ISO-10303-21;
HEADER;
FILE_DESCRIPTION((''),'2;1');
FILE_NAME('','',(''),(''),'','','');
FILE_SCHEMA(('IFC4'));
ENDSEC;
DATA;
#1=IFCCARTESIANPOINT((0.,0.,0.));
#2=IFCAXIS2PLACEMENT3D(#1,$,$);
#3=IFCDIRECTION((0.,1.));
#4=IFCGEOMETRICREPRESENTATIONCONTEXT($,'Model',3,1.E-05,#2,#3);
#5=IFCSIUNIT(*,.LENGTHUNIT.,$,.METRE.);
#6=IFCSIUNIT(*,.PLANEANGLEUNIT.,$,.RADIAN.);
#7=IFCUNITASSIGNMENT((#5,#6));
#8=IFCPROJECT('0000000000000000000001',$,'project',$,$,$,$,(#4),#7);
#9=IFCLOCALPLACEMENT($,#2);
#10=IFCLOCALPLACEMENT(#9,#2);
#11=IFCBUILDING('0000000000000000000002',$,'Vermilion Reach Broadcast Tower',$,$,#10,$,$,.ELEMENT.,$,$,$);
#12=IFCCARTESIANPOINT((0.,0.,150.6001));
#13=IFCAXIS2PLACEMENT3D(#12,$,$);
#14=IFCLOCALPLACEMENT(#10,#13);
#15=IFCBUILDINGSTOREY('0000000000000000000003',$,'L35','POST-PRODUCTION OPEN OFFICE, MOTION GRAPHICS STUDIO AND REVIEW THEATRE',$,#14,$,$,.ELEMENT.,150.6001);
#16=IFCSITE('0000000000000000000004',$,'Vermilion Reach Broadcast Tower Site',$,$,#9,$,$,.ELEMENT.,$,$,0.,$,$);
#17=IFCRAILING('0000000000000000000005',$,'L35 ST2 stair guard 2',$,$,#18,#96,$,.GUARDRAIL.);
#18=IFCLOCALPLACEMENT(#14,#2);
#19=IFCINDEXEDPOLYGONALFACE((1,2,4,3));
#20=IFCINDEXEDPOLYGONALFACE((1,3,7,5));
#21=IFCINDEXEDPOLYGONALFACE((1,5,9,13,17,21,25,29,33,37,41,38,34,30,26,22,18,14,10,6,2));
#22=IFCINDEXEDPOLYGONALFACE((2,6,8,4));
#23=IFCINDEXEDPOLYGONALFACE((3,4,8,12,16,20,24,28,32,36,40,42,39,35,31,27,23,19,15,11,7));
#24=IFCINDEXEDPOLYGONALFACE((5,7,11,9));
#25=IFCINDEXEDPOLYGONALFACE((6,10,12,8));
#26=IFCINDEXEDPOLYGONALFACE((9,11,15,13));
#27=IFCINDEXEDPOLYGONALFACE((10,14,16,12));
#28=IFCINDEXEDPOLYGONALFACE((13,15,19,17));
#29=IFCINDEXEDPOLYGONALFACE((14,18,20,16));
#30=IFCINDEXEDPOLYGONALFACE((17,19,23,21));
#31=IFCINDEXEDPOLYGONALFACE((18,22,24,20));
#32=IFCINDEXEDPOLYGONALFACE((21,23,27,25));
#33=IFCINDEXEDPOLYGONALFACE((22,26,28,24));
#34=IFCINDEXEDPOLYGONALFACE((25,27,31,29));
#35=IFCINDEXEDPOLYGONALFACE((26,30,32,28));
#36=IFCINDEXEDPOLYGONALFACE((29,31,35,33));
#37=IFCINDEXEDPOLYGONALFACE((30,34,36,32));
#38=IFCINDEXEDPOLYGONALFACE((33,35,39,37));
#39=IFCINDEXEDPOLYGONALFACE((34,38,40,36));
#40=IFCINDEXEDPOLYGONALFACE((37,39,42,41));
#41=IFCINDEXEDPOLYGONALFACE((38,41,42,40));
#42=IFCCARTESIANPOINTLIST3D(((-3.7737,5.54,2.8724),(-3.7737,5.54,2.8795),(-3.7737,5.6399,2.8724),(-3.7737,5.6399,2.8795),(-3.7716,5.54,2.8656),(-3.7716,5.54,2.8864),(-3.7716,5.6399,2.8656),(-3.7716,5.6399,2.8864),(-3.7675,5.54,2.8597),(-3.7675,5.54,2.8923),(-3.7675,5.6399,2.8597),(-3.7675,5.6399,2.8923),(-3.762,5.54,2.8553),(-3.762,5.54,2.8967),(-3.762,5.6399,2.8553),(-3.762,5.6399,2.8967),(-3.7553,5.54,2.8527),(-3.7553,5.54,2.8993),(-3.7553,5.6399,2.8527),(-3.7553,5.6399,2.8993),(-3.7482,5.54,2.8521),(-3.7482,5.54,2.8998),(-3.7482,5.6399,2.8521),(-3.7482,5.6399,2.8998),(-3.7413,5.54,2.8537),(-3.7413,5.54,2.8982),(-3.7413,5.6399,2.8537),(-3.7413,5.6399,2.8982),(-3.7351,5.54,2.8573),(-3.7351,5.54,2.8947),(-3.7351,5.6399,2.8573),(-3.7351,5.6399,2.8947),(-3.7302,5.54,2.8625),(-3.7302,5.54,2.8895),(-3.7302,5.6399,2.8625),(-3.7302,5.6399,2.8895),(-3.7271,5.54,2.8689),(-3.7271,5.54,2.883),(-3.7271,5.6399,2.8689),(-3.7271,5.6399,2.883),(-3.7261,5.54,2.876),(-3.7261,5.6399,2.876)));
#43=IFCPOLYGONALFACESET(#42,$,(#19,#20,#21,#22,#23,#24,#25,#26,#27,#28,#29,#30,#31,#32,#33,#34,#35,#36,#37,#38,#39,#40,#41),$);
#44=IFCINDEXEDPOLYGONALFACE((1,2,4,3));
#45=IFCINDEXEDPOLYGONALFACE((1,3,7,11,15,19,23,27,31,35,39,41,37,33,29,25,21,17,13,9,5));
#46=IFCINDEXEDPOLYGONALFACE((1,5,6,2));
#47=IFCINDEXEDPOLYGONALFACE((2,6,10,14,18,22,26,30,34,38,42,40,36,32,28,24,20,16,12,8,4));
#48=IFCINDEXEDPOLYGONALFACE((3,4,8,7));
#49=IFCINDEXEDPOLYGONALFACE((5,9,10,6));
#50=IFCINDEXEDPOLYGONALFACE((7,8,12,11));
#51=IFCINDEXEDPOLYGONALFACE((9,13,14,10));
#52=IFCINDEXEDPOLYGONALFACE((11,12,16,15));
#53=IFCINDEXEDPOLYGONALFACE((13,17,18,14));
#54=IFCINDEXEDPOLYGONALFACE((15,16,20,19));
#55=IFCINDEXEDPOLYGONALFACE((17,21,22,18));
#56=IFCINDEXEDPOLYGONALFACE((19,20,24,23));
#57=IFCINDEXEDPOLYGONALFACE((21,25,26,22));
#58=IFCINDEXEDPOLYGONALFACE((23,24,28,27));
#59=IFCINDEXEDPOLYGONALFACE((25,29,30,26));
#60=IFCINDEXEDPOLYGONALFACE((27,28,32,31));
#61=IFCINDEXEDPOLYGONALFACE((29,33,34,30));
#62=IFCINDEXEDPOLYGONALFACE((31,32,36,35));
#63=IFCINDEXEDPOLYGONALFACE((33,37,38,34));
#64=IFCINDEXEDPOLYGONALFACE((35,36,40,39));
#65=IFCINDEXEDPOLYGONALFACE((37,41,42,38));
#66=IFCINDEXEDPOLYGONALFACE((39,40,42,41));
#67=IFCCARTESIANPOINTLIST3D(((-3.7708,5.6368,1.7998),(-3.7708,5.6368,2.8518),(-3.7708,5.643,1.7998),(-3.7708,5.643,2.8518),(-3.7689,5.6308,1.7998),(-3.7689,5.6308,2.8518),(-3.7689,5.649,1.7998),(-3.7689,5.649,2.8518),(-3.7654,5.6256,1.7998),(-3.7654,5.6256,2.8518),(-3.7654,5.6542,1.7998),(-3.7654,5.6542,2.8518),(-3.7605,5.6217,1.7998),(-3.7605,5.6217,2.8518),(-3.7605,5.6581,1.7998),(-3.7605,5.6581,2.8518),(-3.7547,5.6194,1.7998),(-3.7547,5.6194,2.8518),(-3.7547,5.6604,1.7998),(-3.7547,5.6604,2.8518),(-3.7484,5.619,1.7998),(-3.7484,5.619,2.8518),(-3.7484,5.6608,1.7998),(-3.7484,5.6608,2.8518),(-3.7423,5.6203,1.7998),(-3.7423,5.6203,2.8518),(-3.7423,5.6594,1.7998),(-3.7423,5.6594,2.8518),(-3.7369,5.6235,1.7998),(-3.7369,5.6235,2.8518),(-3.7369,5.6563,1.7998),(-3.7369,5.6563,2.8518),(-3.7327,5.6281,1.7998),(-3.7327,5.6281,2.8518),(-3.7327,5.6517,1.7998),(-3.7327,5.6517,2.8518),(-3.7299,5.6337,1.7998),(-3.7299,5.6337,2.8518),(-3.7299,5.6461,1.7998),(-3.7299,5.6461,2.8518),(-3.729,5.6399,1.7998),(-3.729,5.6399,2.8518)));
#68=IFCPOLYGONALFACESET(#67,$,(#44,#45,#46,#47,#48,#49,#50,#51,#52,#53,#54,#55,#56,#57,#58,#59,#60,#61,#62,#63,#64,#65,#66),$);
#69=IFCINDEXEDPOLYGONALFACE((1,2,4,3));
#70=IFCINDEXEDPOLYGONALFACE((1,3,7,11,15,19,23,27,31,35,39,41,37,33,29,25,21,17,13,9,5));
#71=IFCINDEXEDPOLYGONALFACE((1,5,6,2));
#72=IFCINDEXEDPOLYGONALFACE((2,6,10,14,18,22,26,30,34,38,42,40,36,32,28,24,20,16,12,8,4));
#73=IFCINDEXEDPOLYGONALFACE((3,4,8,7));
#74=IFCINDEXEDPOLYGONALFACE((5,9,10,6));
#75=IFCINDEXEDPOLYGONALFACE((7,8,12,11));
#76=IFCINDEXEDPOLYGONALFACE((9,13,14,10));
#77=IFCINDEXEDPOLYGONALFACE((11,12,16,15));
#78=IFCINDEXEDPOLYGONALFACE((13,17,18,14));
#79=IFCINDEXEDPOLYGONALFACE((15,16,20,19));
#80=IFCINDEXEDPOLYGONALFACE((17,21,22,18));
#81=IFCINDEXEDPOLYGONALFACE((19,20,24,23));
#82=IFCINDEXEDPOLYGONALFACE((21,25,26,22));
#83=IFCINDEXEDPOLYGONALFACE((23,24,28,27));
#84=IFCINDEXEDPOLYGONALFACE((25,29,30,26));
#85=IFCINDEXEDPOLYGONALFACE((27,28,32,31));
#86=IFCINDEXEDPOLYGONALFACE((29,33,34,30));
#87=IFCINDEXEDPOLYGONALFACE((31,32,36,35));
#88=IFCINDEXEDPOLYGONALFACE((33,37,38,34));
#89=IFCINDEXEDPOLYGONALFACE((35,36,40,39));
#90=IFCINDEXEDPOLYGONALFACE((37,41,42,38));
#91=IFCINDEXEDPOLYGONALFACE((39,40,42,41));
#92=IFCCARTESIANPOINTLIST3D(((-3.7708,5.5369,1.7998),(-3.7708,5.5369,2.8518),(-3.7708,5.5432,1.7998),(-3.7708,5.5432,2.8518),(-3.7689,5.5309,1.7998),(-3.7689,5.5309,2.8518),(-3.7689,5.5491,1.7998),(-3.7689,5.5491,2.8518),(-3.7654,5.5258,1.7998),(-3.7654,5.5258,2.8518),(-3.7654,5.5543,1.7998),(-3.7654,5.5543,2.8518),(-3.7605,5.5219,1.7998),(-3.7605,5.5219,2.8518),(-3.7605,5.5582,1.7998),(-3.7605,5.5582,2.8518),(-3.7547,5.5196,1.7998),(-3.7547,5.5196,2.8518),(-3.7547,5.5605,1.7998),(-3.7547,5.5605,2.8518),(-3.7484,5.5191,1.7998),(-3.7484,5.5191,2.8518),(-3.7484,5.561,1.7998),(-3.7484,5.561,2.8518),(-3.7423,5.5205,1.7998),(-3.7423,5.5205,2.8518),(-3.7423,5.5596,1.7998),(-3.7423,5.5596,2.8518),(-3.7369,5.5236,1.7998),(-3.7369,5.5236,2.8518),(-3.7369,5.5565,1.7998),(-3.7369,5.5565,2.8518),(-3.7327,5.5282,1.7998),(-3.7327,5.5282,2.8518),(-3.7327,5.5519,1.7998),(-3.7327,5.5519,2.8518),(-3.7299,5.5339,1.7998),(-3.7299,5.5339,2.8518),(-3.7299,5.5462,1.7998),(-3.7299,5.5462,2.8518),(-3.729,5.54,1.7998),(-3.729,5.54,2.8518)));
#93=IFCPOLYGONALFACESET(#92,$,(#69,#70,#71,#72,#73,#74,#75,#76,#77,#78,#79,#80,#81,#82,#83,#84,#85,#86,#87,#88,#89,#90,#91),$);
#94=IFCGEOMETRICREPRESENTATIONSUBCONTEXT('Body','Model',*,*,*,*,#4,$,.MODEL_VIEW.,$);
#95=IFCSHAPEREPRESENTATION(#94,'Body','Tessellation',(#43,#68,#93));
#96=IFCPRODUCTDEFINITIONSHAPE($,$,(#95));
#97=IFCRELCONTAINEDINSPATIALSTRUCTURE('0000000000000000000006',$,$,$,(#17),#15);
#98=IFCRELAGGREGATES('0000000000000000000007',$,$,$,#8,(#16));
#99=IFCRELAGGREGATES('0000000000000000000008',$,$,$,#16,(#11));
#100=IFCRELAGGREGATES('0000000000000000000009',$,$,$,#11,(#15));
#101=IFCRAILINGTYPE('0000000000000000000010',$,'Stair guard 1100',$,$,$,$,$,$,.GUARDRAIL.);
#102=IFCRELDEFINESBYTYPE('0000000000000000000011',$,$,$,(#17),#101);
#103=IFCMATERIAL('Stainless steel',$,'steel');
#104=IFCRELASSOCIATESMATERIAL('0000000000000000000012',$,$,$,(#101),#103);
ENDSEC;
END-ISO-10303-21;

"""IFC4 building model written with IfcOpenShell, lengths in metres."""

from ifc_helpers import new_model, si_unit, direction, frame, origin, origin_2d, place, context, subcontext, project, spatial, circle, extrude, material, type_object, element, save


model = new_model("IFC4")

# Units and contexts
model_context = context("Model", 3, precision=1e-05, world=origin(), true_north=direction((0.0, 1.0)))
body_context = subcontext(model_context, "Body", "Model", "MODEL_VIEW")
ifc_project = project(units=[si_unit("LENGTHUNIT", "METRE"), si_unit("PLANEANGLEUNIT", "RADIAN")], contexts=[model_context])

# Site, building, storey
site_placement = place(None, origin())
site = spatial("IfcSite", under=ifc_project, at=site_placement, Name="Vermilion Reach Broadcast Tower Site", CompositionType="ELEMENT", RefElevation=0.0)
building_placement = place(site_placement, origin())
building = spatial("IfcBuilding", under=site, at=building_placement, Name="Vermilion Reach Broadcast Tower", CompositionType="ELEMENT")
storey_placement = place(building_placement, frame((0.0, 0.0, 150.6001)))
storey = spatial("IfcBuildingStorey", under=building, at=storey_placement, Name="L35", Description="POST-PRODUCTION OPEN OFFICE, MOTION GRAPHICS STUDIO AND REVIEW THEATRE", CompositionType="ELEMENT", Elevation=150.6001)

# Railing
ifc_material_1 = material(Name="Stainless steel", Category="steel")
railing_type_1 = type_object("IfcRailingType", Name="Stair guard 1100", PredefinedType="GUARDRAIL", material=ifc_material_1)
railing_1_placement = place(storey_placement, frame((-3.75, 5.6399, 1.7998)))
element("IfcRailing", 1, at=railing_1_placement, inside=storey, type_object=railing_type_1, Name="L35 ST2 stair guard 2", PredefinedType="GUARDRAIL", context=body_context, shape_type="SweptSolid", body=[
    extrude(circle(Radius=0.0239, at=origin_2d()), frame((0.0, 0.0, 1.0762), z_axis=(0.0, -1.0, 0.0), x_axis=(1.0, 0.0, 0.0)), (0.0, 0.0, 1.0), 0.0999),
    extrude(circle(Radius=0.021, at=origin_2d()), origin(), (0.0, 0.0, 1.0), 1.052),
    extrude(circle(Radius=0.021, at=origin_2d()), frame((0.0, -0.0999, 0.0)), (0.0, 0.0, 1.0), 1.052),
])

save(model, "model.ifc")
